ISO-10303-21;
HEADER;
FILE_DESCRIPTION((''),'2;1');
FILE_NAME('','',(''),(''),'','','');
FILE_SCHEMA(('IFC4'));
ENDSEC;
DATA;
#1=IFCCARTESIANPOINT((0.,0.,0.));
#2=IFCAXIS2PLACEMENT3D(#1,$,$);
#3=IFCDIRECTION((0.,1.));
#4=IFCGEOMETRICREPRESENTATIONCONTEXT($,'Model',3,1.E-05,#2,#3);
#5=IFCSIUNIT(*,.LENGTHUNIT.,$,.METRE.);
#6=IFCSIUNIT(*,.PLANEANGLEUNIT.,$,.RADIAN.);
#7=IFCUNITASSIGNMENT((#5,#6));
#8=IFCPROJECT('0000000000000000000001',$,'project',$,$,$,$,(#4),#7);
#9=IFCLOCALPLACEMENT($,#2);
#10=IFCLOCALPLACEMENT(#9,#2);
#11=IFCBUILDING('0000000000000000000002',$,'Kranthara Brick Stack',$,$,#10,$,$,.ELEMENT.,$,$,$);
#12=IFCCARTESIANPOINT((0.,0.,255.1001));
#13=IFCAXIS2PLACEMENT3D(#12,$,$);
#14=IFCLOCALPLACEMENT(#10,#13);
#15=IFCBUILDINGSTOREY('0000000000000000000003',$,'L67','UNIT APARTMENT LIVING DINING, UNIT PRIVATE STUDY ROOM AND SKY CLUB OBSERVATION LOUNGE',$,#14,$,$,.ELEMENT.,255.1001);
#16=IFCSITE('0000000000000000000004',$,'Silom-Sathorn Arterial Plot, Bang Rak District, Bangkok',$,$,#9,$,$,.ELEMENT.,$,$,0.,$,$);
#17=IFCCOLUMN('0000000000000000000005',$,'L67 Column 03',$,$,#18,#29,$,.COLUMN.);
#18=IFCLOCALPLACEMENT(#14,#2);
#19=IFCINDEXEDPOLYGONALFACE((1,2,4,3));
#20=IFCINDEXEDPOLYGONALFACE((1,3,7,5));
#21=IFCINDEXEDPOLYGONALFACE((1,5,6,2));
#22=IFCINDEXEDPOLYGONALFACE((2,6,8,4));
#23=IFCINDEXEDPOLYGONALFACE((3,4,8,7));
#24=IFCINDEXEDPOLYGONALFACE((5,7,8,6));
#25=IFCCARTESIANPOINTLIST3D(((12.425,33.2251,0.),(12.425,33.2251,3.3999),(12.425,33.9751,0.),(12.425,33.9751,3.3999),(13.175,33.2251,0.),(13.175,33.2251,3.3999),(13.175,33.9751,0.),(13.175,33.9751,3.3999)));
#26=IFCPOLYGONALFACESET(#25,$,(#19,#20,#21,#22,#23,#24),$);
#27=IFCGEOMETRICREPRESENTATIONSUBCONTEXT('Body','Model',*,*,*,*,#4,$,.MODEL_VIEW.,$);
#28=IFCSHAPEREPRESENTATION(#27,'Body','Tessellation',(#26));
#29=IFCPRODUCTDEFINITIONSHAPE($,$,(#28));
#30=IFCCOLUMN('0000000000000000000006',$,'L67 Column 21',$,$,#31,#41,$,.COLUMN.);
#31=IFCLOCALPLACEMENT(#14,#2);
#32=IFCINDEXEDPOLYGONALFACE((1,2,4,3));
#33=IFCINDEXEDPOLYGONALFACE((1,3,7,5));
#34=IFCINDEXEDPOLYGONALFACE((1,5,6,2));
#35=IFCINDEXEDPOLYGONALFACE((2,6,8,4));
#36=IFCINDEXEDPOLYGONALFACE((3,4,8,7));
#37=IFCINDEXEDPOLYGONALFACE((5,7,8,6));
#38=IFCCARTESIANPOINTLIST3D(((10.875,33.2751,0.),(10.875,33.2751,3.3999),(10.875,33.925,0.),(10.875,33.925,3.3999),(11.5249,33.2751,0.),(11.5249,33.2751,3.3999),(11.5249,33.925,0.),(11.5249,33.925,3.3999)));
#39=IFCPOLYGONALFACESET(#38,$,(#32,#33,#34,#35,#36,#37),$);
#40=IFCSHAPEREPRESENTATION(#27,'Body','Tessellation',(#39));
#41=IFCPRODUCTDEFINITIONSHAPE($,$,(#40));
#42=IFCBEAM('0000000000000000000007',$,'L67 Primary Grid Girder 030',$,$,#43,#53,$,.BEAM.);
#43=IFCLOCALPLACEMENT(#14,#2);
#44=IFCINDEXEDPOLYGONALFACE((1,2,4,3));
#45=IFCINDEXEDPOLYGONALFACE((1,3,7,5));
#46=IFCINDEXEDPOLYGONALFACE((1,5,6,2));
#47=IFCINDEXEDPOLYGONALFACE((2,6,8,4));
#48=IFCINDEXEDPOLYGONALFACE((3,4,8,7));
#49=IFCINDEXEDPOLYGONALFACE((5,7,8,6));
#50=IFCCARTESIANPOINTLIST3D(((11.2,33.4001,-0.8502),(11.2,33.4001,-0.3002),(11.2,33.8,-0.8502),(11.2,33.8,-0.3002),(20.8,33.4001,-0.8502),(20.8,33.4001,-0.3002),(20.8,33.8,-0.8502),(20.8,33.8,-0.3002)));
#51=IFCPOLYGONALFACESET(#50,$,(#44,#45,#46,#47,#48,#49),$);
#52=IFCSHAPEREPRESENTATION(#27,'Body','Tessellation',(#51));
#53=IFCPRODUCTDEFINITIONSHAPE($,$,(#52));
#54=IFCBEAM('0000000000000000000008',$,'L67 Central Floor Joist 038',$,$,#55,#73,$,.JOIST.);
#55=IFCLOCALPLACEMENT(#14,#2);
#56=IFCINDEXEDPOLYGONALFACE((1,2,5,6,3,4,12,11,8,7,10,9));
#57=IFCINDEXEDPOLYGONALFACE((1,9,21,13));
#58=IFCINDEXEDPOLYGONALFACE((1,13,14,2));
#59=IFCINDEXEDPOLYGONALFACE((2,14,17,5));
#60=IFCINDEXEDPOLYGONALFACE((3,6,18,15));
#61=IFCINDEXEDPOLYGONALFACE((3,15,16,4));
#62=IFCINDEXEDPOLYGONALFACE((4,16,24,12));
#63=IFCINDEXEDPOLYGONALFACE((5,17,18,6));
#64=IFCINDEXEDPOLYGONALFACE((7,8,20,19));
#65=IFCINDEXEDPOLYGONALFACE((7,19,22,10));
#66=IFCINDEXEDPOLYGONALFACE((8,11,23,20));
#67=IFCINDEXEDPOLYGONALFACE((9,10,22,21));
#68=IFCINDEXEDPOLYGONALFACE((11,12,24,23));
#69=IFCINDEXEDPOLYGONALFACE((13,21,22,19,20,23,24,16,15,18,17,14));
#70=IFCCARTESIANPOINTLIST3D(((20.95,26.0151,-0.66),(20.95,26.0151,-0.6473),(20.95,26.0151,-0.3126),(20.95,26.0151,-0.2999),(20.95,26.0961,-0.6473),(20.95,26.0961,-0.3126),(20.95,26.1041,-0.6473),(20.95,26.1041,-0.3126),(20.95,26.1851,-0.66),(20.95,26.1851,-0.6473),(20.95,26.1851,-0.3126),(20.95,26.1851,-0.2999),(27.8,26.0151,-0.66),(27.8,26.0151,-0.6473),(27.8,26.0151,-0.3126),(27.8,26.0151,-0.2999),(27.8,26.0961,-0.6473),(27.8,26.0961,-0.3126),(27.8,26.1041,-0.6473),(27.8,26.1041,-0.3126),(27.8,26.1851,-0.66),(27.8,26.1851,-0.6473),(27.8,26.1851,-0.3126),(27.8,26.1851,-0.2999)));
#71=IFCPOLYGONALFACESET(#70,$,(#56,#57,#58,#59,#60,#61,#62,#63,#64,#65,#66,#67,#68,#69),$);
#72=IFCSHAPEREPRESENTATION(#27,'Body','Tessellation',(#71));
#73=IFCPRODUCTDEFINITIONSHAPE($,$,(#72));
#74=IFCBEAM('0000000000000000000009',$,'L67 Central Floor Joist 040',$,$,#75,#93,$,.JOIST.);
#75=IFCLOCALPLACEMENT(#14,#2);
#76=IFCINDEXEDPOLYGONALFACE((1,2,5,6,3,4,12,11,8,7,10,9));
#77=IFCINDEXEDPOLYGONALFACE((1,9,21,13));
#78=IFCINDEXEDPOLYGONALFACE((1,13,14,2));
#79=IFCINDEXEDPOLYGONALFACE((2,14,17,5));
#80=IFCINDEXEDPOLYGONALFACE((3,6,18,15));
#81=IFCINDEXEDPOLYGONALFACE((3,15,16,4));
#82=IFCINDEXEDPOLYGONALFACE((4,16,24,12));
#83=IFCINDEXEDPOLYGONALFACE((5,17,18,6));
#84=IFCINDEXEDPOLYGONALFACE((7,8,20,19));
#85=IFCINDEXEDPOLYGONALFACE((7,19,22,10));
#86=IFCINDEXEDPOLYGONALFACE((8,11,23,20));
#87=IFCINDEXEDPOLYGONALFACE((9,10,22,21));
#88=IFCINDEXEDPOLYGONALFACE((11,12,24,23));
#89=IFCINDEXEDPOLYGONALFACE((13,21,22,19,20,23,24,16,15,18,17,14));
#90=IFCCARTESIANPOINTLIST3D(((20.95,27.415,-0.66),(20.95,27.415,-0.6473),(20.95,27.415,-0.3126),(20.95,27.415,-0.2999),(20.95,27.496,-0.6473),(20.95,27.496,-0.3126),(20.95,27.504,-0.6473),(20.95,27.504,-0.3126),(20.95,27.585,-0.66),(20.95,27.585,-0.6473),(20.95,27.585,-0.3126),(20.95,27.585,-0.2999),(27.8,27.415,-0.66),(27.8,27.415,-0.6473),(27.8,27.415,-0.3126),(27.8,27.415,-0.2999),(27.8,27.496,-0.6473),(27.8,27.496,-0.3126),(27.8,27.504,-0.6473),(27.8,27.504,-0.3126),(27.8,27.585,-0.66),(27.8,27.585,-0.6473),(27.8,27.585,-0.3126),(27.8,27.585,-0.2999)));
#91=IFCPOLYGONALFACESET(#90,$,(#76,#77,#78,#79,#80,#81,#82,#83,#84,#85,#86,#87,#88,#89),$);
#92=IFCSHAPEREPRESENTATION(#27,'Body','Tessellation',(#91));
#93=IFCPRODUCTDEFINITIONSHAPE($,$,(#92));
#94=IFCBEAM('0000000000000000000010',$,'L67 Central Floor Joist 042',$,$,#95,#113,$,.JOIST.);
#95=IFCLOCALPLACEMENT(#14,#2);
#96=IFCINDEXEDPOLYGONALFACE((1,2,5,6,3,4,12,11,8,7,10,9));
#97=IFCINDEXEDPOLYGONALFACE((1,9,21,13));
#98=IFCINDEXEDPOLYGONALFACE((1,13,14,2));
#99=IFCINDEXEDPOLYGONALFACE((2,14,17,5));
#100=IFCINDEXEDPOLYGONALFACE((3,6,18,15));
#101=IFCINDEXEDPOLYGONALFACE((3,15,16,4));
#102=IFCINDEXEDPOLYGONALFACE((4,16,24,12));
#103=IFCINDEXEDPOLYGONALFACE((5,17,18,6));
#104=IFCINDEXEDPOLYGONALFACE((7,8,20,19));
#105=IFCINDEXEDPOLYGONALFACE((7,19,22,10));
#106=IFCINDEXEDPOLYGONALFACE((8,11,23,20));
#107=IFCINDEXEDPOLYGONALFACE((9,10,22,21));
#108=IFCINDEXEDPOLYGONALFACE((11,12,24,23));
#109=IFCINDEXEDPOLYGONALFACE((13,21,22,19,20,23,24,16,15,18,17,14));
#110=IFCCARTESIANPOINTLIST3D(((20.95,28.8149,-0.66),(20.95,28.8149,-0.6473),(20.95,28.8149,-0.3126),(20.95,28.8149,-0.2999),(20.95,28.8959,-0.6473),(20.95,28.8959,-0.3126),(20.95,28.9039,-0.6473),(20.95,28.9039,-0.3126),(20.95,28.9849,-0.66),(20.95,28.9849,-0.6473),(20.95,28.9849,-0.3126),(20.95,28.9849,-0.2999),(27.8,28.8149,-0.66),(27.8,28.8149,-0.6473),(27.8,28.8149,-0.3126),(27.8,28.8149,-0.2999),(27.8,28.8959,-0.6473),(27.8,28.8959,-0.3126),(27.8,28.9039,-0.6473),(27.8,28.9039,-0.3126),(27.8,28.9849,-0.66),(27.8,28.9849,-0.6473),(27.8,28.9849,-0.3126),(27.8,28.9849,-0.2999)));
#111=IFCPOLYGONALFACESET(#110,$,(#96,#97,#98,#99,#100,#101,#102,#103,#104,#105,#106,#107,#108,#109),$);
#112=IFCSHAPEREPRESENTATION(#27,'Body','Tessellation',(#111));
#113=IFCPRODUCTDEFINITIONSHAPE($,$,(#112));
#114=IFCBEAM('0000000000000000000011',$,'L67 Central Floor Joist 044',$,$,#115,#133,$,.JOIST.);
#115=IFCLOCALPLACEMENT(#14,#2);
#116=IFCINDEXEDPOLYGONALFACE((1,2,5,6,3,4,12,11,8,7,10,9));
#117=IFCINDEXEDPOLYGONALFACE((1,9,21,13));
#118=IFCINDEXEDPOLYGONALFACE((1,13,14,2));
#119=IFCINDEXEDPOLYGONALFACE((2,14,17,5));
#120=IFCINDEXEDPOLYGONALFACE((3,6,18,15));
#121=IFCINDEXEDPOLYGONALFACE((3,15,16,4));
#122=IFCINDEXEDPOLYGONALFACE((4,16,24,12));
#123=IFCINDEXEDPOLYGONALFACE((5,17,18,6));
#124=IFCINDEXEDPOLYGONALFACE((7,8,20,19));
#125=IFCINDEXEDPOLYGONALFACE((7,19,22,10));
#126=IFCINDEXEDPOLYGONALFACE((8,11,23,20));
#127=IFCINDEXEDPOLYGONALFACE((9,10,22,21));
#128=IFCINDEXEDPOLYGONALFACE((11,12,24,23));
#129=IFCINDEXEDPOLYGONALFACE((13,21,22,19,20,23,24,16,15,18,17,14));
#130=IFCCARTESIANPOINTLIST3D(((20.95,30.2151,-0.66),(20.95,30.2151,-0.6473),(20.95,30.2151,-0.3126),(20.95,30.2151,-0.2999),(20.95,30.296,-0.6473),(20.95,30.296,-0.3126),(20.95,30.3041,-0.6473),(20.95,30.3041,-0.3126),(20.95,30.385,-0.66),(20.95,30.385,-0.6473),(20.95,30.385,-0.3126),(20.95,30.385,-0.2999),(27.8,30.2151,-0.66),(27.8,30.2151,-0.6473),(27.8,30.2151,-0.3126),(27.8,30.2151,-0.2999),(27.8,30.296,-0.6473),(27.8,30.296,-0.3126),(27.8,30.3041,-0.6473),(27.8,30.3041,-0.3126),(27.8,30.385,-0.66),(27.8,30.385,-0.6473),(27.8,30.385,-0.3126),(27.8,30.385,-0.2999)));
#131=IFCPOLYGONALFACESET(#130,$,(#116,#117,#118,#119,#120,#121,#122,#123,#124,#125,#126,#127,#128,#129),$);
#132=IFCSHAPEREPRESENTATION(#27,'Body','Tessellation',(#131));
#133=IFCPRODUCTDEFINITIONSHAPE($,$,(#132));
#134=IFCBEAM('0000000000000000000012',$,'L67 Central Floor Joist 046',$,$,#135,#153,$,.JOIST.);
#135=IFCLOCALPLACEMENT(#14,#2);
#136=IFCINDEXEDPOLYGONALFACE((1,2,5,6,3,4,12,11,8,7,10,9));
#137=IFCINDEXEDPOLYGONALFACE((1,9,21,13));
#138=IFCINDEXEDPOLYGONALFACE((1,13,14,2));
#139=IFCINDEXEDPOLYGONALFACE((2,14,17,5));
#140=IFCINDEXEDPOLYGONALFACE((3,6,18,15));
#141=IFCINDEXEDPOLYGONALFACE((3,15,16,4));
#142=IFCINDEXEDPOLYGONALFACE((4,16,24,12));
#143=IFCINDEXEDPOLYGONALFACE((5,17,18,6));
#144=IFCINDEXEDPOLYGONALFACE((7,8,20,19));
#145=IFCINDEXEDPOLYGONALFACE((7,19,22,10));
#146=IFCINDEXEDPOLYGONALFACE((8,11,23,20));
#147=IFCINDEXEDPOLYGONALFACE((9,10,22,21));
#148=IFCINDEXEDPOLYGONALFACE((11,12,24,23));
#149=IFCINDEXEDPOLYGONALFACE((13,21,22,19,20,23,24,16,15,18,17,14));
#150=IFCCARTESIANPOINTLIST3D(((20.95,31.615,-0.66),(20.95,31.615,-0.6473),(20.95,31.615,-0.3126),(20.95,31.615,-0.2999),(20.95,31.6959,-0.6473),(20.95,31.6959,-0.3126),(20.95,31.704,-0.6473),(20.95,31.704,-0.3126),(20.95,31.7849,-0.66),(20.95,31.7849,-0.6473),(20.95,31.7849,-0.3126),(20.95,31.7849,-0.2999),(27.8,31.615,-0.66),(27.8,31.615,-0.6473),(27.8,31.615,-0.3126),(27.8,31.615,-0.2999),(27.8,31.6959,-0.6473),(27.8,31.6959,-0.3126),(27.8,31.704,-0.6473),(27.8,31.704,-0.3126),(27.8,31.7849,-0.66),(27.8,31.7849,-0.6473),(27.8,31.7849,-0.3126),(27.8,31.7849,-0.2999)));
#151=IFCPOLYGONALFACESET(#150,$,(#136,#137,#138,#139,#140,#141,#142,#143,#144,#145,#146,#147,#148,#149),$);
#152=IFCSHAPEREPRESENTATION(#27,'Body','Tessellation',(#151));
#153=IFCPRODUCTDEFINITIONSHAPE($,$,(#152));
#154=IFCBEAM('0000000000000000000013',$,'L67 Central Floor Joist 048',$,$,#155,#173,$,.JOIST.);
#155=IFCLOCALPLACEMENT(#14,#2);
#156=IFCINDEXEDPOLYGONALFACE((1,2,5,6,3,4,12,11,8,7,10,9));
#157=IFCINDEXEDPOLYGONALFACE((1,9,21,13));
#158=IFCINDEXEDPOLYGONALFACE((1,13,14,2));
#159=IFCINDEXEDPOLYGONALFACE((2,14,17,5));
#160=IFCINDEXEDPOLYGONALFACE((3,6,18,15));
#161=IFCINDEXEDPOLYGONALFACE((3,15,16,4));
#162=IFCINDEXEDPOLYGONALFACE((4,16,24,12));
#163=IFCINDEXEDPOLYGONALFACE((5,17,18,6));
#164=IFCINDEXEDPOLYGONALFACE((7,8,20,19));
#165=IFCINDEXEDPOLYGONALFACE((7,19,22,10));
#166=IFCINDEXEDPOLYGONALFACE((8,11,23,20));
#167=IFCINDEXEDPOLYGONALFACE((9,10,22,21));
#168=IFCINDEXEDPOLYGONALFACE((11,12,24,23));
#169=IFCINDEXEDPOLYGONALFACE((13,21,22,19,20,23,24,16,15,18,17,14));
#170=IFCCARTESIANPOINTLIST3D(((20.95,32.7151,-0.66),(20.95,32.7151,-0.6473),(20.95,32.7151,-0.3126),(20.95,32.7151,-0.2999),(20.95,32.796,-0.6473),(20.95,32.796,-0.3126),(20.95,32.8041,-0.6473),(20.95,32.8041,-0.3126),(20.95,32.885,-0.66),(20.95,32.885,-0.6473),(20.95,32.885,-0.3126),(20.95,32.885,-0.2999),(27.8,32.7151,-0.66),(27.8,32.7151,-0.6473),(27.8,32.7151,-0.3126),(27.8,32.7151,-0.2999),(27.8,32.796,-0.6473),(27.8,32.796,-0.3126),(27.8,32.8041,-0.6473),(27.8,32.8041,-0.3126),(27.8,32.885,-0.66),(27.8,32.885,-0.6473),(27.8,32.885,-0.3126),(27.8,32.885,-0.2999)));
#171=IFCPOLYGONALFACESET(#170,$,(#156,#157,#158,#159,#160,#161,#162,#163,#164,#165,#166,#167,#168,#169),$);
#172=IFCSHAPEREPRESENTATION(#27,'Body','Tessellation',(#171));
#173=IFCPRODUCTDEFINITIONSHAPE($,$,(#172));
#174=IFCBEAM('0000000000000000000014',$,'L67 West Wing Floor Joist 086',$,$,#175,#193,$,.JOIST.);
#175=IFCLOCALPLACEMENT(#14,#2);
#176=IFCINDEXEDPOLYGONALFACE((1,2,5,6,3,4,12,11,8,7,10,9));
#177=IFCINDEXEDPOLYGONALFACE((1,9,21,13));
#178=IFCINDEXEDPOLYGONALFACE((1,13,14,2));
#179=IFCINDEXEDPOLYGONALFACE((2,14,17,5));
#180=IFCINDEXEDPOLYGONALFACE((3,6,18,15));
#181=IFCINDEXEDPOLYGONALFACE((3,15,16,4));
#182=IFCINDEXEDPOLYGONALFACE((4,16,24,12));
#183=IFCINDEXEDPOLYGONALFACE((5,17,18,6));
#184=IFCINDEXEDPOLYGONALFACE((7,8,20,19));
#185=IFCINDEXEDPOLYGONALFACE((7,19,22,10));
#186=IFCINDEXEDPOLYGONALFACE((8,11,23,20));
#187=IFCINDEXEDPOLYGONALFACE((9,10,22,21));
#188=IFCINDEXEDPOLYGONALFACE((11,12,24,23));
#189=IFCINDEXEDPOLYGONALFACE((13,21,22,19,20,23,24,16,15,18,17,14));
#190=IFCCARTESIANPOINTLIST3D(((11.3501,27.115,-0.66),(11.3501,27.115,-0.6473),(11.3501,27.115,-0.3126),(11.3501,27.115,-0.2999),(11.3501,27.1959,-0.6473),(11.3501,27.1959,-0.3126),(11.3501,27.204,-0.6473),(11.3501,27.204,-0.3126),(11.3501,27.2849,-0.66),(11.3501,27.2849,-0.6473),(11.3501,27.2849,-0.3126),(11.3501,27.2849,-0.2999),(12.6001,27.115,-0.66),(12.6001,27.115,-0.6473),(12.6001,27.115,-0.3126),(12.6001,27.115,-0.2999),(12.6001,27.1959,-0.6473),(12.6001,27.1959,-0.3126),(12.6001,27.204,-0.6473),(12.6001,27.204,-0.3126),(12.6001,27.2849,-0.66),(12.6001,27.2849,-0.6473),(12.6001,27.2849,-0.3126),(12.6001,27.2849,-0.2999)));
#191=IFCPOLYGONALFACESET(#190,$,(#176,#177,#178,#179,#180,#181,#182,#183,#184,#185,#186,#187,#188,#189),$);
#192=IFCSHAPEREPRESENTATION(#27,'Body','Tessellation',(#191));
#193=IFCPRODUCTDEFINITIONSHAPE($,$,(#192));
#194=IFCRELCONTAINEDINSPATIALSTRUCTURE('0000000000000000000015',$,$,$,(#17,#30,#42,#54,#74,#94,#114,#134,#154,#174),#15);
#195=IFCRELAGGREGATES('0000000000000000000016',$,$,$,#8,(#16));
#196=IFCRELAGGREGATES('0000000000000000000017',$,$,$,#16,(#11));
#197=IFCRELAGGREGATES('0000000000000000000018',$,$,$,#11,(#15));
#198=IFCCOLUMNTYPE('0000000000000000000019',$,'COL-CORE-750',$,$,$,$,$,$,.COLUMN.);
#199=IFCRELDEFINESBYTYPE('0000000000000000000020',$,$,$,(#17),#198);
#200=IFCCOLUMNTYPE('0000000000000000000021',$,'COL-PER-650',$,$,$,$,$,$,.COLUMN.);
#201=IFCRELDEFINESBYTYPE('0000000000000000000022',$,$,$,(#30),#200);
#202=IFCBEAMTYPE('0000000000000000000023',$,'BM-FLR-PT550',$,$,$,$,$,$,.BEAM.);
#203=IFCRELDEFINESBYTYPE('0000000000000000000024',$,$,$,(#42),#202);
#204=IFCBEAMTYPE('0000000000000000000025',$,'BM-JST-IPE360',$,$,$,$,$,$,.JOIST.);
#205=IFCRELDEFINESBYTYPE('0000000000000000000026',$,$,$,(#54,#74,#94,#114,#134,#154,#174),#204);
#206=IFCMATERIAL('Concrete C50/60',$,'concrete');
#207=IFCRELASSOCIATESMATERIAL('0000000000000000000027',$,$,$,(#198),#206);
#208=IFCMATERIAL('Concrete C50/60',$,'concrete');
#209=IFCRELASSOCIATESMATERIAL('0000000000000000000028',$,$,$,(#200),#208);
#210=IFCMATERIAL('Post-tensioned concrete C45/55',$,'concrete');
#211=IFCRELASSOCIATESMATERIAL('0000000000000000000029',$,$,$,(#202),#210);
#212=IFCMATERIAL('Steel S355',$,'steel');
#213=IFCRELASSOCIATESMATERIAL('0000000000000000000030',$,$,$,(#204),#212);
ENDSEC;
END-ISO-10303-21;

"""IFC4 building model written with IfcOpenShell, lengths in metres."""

from ifc_helpers import new_model, si_unit, direction, frame, origin, origin_2d, place, context, subcontext, project, spatial, rectangle, i_section, extrude, material, material_profile, profile_set, type_object, element, save


model = new_model("IFC4")

# Units and contexts
model_context = context("Model", 3, precision=1e-05, world=origin(), true_north=direction((0.0, 1.0)))
body_context = subcontext(model_context, "Body", "Model", "MODEL_VIEW")
ifc_project = project(units=[si_unit("LENGTHUNIT", "METRE"), si_unit("PLANEANGLEUNIT", "RADIAN")], contexts=[model_context])

# Site, building, storey
site_placement = place(None, origin())
site = spatial("IfcSite", under=ifc_project, at=site_placement, Name="Silom-Sathorn Arterial Plot, Bang Rak District, Bangkok", CompositionType="ELEMENT", RefElevation=0.0)
building_placement = place(site_placement, origin())
building = spatial("IfcBuilding", under=site, at=building_placement, Name="Kranthara Brick Stack", CompositionType="ELEMENT")
storey_placement = place(building_placement, frame((0.0, 0.0, 255.1001)))
storey = spatial("IfcBuildingStorey", under=building, at=storey_placement, Name="L67", Description="UNIT APARTMENT LIVING DINING, UNIT PRIVATE STUDY ROOM AND SKY CLUB OBSERVATION LOUNGE", CompositionType="ELEMENT", Elevation=255.1001)

# Columns
ifc_material_1 = material(Name="Concrete C50/60", Category="concrete")
ifc_material_profile_1 = material_profile(ifc_material_1, rectangle(XDim=0.75, YDim=0.75, at=origin_2d()), Name="RC 750x750")
ifc_profile_set_1 = profile_set([ifc_material_profile_1], Name="Concrete C50/60")
column_type_1 = type_object("IfcColumnType", Name="COL-CORE-750", PredefinedType="COLUMN", material=ifc_profile_set_1)
column_1_placement = place(storey_placement, frame((12.8, 33.6001, 0.0), z_axis=(0.0, 0.0, 1.0), x_axis=(1.0, 0.0, 0.0)))
element("IfcColumn", 1, at=column_1_placement, inside=storey, type_object=column_type_1, Name="L67 Column 03", PredefinedType="COLUMN", context=body_context, shape_type="SweptSolid", body=[
    extrude(rectangle(XDim=0.75, YDim=0.75, at=origin_2d()), origin(), (0.0, 0.0, 1.0), 3.3999),
])
ifc_material_2 = material(Name="Concrete C50/60", Category="concrete")
ifc_material_profile_2 = material_profile(ifc_material_2, rectangle(XDim=0.6499, YDim=0.6499, at=origin_2d()), Name="RC 650x650")
ifc_profile_set_2 = profile_set([ifc_material_profile_2], Name="Concrete C50/60")
column_type_2 = type_object("IfcColumnType", Name="COL-PER-650", PredefinedType="COLUMN", material=ifc_profile_set_2)
column_2_placement = place(storey_placement, frame((11.2, 33.6001, 0.0), z_axis=(0.0, 0.0, 1.0), x_axis=(1.0, 0.0, 0.0)))
element("IfcColumn", 2, at=column_2_placement, inside=storey, type_object=column_type_2, Name="L67 Column 21", PredefinedType="COLUMN", context=body_context, shape_type="SweptSolid", body=[
    extrude(rectangle(XDim=0.6499, YDim=0.6499, at=origin_2d()), origin(), (0.0, 0.0, 1.0), 3.3999),
])

# Beams
ifc_material_3 = material(Name="Post-tensioned concrete C45/55", Category="concrete")
ifc_material_profile_3 = material_profile(ifc_material_3, rectangle(XDim=0.3999, YDim=0.55, at=origin_2d()), Name="PT 400x550")
ifc_profile_set_3 = profile_set([ifc_material_profile_3], Name="Post-tensioned concrete C45/55")
beam_type_1 = type_object("IfcBeamType", Name="BM-FLR-PT550", PredefinedType="BEAM", material=ifc_profile_set_3)
beam_1_placement = place(storey_placement, frame((11.2, 33.6001, -0.5752), z_axis=(1.0, 0.0, 0.0), x_axis=(0.0, 1.0, 0.0)))
element("IfcBeam", 3, at=beam_1_placement, inside=storey, type_object=beam_type_1, Name="L67 Primary Grid Girder 030", PredefinedType="BEAM", context=body_context, shape_type="SweptSolid", body=[
    extrude(rectangle(XDim=0.3999, YDim=0.55, at=origin_2d()), origin(), (0.0, 0.0, 1.0), 9.6001),
])
ifc_material_4 = material(Name="Steel S355", Category="steel")
ifc_material_profile_4 = material_profile(ifc_material_4, i_section(OverallWidth=0.1699, OverallDepth=0.3601, WebThickness=0.0081, FlangeThickness=0.0127, at=origin_2d()), Name="IPE 360")
ifc_profile_set_4 = profile_set([ifc_material_profile_4], Name="Steel S355")
beam_type_2 = type_object("IfcBeamType", Name="BM-JST-IPE360", PredefinedType="JOIST", material=ifc_profile_set_4)
for number, where, z_axis, x_axis, name in (
    (4, (20.95, 26.1001, -0.48), (1.0, 0.0, 0.0), (0.0, 1.0, 0.0), "L67 Central Floor Joist 038"),
    (5, (20.95, 27.5, -0.48), (1.0, 0.0, 0.0), (0.0, 1.0, 0.0), "L67 Central Floor Joist 040"),
    (6, (20.95, 28.8999, -0.48), (1.0, 0.0, 0.0), (0.0, 1.0, 0.0), "L67 Central Floor Joist 042"),
    (7, (20.95, 30.3, -0.48), (1.0, 0.0, 0.0), (0.0, 1.0, 0.0), "L67 Central Floor Joist 044"),
    (8, (20.95, 31.7, -0.48), (1.0, 0.0, 0.0), (0.0, 1.0, 0.0), "L67 Central Floor Joist 046"),
    (9, (20.95, 32.8, -0.48), (1.0, 0.0, 0.0), (0.0, 1.0, 0.0), "L67 Central Floor Joist 048"),
):
    element("IfcBeam", number, at=place(storey_placement, frame(where, z_axis=z_axis, x_axis=x_axis)), inside=storey, type_object=beam_type_2, Name=name, PredefinedType="JOIST", context=body_context, shape_type="SweptSolid", body=[
        extrude(i_section(OverallWidth=0.1699, OverallDepth=0.3601, WebThickness=0.0081, FlangeThickness=0.0127, at=origin_2d()), origin(), (0.0, 0.0, 1.0), 6.8501),
    ])
for number, where, z_axis, x_axis, name in (
    (10, (11.3501, 27.2, -0.48), (1.0, 0.0, 0.0), (0.0, 1.0, 0.0), "L67 West Wing Floor Joist 086"),
):
    element("IfcBeam", number, at=place(storey_placement, frame(where, z_axis=z_axis, x_axis=x_axis)), inside=storey, type_object=beam_type_2, Name=name, PredefinedType="JOIST", context=body_context, shape_type="SweptSolid", body=[
        extrude(i_section(OverallWidth=0.1699, OverallDepth=0.3601, WebThickness=0.0081, FlangeThickness=0.0127, at=origin_2d()), origin(), (0.0, 0.0, 1.0), 1.25),
    ])

save(model, "model.ifc")
